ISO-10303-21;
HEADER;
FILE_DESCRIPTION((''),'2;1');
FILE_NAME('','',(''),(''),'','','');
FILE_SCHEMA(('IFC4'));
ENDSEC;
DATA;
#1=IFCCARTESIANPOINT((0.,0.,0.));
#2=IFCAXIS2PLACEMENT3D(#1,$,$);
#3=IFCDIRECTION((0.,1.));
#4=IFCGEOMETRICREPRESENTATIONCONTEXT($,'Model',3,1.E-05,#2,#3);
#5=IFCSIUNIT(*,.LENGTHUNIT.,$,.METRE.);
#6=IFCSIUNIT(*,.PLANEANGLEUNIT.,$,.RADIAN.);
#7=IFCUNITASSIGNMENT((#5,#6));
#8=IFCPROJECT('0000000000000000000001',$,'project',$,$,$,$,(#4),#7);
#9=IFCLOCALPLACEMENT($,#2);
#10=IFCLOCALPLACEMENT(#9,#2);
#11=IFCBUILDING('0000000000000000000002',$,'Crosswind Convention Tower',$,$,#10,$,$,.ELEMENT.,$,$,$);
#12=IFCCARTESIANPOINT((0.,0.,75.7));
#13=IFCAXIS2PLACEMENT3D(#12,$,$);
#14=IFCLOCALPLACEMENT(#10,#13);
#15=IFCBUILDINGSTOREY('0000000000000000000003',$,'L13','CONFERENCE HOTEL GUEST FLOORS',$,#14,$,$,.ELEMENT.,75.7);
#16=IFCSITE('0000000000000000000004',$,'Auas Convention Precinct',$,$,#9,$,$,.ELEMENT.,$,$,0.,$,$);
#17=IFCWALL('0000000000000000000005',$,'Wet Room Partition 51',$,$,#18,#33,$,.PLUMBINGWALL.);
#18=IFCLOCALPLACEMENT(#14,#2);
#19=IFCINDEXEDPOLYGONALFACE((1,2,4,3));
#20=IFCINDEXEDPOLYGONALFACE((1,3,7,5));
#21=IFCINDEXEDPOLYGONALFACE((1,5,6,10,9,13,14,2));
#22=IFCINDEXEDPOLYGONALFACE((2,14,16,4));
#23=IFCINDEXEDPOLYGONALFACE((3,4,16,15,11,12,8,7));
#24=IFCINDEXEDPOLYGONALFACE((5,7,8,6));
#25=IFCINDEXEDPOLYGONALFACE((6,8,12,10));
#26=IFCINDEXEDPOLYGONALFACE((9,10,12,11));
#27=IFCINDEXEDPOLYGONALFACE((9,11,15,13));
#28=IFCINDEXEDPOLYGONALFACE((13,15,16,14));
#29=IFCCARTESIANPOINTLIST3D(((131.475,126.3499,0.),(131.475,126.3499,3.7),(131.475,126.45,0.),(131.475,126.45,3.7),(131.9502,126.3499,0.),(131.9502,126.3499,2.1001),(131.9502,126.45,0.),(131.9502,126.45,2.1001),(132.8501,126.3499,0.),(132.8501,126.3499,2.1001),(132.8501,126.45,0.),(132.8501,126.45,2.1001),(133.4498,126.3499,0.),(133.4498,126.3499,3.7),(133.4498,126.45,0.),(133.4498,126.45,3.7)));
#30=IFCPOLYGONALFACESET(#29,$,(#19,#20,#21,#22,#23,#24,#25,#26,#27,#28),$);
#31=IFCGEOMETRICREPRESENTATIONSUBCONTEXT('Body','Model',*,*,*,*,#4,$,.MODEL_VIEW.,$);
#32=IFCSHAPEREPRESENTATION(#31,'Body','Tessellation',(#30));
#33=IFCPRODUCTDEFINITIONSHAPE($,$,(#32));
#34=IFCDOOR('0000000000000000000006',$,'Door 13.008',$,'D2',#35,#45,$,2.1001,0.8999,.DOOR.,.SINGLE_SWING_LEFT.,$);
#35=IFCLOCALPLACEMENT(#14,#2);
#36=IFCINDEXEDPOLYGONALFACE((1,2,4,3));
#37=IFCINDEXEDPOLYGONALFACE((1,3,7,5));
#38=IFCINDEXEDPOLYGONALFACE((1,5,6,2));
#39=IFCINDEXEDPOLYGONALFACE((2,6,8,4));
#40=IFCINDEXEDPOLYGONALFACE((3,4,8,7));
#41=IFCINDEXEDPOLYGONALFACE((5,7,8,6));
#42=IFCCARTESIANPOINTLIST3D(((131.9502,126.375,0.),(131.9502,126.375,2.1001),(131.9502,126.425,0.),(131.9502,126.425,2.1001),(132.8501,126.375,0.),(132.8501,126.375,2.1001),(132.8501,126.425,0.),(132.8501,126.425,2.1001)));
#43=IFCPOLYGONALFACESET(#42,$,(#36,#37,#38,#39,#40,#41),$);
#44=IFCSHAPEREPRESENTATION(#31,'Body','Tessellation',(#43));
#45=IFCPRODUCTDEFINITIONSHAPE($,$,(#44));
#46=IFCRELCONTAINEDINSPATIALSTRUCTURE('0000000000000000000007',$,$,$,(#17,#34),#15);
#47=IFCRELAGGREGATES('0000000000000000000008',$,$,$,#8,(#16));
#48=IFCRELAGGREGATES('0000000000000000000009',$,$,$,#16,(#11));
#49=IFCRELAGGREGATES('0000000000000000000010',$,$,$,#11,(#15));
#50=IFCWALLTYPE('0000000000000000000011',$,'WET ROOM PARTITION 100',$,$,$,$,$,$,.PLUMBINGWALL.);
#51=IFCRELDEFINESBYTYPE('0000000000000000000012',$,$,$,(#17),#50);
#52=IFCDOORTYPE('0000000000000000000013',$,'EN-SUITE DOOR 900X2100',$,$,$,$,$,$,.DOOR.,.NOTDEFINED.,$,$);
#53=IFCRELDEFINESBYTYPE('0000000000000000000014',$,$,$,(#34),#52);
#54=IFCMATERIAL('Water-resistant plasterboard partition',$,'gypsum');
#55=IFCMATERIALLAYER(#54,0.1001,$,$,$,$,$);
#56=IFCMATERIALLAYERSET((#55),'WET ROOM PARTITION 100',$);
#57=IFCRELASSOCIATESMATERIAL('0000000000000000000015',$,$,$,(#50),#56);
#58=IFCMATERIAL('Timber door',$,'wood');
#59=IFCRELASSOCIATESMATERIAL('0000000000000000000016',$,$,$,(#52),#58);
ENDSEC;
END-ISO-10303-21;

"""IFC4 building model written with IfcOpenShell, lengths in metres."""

from ifc_helpers import new_model, si_unit, direction, frame, frame_2d, origin, place, context, subcontext, project, spatial, rectangle, extrude, material, layer, layer_set, type_object, element, fill, save


model = new_model("IFC4")

# Units and contexts
model_context = context("Model", 3, precision=1e-05, world=origin(), true_north=direction((0.0, 1.0)))
body_context = subcontext(model_context, "Body", "Model", "MODEL_VIEW")
ifc_project = project(units=[si_unit("LENGTHUNIT", "METRE"), si_unit("PLANEANGLEUNIT", "RADIAN")], contexts=[model_context])

# Site, building, storey
site_placement = place(None, origin())
site = spatial("IfcSite", under=ifc_project, at=site_placement, Name="Auas Convention Precinct", CompositionType="ELEMENT", RefElevation=0.0)
building_placement = place(site_placement, origin())
building = spatial("IfcBuilding", under=site, at=building_placement, Name="Crosswind Convention Tower", CompositionType="ELEMENT")
storey_placement = place(building_placement, frame((0.0, 0.0, 75.7)))
storey = spatial("IfcBuildingStorey", under=building, at=storey_placement, Name="L13", Description="CONFERENCE HOTEL GUEST FLOORS", CompositionType="ELEMENT", Elevation=75.7)

# Wall, opening, door
ifc_material_1 = material(Name="Water-resistant plasterboard partition", Category="gypsum")
ifc_layer_1 = layer(ifc_material_1, 0.1001)
ifc_layer_set_1 = layer_set([ifc_layer_1], Name="WET ROOM PARTITION 100")
wall_type_1 = type_object("IfcWallType", Name="WET ROOM PARTITION 100", PredefinedType="PLUMBINGWALL", material=ifc_layer_set_1)
ifc_material_2 = material(Name="Timber door", Category="wood")
door_type_1 = type_object("IfcDoorType", Name="EN-SUITE DOOR 900X2100", OperationType="NOTDEFINED", PredefinedType="DOOR", material=ifc_material_2)
wall_1_placement = place(storey_placement, frame((131.4751, 126.3999, 0.0), z_axis=(0.0, 0.0, 1.0), x_axis=(1.0, 0.0, 0.0)))
wall_1 = element("IfcWall", 1, at=wall_1_placement, inside=storey, type_object=wall_type_1, Name="Wet Room Partition 51", PredefinedType="PLUMBINGWALL", context=body_context, shape_type="SweptSolid", body=[
    extrude(rectangle(XDim=1.9749, YDim=0.1001, at=frame_2d((0.9873, 0.0))), origin(), (0.0, 0.0, 1.0), 3.7),
])
opening_1_placement = place(wall_1_placement, frame((0.4751, 0.0, 0.0)))
opening_1 = element("IfcOpeningElement", 2, at=opening_1_placement, cuts=wall_1, PredefinedType="OPENING", context=body_context, shape_type="SweptSolid", body=[
    extrude(rectangle(XDim=0.8999, YDim=2.1001, at=frame_2d((0.45, 1.05))), frame((0.0, 0.0601, 0.0), z_axis=(0.0, -1.0, 0.0), x_axis=(1.0, 0.0, 0.0)), (0.0, 0.0, 1.0), 0.1201),
])
door_1_placement = place(opening_1_placement, frame((0.8999, 0.0, 0.0), z_axis=(0.0, 0.0, 1.0), x_axis=(-1.0, 0.0, 0.0)))
door_1 = element("IfcDoor", 3, at=door_1_placement, inside=storey, type_object=door_type_1, Name="Door 13.008", ObjectType="D2", OperationType="SINGLE_SWING_LEFT", OverallHeight=2.1001, OverallWidth=0.8999, PredefinedType="DOOR", context=body_context, shape_type="SweptSolid", body=[
    extrude(rectangle(XDim=0.8999, YDim=2.1001, at=frame_2d((0.45, 1.05))), frame((0.0, 0.0249, 0.0), z_axis=(0.0, -1.0, 0.0), x_axis=(1.0, 0.0, 0.0)), (0.0, 0.0, 1.0), 0.05),
])
fill(opening_1, door_1)

save(model, "model.ifc")
